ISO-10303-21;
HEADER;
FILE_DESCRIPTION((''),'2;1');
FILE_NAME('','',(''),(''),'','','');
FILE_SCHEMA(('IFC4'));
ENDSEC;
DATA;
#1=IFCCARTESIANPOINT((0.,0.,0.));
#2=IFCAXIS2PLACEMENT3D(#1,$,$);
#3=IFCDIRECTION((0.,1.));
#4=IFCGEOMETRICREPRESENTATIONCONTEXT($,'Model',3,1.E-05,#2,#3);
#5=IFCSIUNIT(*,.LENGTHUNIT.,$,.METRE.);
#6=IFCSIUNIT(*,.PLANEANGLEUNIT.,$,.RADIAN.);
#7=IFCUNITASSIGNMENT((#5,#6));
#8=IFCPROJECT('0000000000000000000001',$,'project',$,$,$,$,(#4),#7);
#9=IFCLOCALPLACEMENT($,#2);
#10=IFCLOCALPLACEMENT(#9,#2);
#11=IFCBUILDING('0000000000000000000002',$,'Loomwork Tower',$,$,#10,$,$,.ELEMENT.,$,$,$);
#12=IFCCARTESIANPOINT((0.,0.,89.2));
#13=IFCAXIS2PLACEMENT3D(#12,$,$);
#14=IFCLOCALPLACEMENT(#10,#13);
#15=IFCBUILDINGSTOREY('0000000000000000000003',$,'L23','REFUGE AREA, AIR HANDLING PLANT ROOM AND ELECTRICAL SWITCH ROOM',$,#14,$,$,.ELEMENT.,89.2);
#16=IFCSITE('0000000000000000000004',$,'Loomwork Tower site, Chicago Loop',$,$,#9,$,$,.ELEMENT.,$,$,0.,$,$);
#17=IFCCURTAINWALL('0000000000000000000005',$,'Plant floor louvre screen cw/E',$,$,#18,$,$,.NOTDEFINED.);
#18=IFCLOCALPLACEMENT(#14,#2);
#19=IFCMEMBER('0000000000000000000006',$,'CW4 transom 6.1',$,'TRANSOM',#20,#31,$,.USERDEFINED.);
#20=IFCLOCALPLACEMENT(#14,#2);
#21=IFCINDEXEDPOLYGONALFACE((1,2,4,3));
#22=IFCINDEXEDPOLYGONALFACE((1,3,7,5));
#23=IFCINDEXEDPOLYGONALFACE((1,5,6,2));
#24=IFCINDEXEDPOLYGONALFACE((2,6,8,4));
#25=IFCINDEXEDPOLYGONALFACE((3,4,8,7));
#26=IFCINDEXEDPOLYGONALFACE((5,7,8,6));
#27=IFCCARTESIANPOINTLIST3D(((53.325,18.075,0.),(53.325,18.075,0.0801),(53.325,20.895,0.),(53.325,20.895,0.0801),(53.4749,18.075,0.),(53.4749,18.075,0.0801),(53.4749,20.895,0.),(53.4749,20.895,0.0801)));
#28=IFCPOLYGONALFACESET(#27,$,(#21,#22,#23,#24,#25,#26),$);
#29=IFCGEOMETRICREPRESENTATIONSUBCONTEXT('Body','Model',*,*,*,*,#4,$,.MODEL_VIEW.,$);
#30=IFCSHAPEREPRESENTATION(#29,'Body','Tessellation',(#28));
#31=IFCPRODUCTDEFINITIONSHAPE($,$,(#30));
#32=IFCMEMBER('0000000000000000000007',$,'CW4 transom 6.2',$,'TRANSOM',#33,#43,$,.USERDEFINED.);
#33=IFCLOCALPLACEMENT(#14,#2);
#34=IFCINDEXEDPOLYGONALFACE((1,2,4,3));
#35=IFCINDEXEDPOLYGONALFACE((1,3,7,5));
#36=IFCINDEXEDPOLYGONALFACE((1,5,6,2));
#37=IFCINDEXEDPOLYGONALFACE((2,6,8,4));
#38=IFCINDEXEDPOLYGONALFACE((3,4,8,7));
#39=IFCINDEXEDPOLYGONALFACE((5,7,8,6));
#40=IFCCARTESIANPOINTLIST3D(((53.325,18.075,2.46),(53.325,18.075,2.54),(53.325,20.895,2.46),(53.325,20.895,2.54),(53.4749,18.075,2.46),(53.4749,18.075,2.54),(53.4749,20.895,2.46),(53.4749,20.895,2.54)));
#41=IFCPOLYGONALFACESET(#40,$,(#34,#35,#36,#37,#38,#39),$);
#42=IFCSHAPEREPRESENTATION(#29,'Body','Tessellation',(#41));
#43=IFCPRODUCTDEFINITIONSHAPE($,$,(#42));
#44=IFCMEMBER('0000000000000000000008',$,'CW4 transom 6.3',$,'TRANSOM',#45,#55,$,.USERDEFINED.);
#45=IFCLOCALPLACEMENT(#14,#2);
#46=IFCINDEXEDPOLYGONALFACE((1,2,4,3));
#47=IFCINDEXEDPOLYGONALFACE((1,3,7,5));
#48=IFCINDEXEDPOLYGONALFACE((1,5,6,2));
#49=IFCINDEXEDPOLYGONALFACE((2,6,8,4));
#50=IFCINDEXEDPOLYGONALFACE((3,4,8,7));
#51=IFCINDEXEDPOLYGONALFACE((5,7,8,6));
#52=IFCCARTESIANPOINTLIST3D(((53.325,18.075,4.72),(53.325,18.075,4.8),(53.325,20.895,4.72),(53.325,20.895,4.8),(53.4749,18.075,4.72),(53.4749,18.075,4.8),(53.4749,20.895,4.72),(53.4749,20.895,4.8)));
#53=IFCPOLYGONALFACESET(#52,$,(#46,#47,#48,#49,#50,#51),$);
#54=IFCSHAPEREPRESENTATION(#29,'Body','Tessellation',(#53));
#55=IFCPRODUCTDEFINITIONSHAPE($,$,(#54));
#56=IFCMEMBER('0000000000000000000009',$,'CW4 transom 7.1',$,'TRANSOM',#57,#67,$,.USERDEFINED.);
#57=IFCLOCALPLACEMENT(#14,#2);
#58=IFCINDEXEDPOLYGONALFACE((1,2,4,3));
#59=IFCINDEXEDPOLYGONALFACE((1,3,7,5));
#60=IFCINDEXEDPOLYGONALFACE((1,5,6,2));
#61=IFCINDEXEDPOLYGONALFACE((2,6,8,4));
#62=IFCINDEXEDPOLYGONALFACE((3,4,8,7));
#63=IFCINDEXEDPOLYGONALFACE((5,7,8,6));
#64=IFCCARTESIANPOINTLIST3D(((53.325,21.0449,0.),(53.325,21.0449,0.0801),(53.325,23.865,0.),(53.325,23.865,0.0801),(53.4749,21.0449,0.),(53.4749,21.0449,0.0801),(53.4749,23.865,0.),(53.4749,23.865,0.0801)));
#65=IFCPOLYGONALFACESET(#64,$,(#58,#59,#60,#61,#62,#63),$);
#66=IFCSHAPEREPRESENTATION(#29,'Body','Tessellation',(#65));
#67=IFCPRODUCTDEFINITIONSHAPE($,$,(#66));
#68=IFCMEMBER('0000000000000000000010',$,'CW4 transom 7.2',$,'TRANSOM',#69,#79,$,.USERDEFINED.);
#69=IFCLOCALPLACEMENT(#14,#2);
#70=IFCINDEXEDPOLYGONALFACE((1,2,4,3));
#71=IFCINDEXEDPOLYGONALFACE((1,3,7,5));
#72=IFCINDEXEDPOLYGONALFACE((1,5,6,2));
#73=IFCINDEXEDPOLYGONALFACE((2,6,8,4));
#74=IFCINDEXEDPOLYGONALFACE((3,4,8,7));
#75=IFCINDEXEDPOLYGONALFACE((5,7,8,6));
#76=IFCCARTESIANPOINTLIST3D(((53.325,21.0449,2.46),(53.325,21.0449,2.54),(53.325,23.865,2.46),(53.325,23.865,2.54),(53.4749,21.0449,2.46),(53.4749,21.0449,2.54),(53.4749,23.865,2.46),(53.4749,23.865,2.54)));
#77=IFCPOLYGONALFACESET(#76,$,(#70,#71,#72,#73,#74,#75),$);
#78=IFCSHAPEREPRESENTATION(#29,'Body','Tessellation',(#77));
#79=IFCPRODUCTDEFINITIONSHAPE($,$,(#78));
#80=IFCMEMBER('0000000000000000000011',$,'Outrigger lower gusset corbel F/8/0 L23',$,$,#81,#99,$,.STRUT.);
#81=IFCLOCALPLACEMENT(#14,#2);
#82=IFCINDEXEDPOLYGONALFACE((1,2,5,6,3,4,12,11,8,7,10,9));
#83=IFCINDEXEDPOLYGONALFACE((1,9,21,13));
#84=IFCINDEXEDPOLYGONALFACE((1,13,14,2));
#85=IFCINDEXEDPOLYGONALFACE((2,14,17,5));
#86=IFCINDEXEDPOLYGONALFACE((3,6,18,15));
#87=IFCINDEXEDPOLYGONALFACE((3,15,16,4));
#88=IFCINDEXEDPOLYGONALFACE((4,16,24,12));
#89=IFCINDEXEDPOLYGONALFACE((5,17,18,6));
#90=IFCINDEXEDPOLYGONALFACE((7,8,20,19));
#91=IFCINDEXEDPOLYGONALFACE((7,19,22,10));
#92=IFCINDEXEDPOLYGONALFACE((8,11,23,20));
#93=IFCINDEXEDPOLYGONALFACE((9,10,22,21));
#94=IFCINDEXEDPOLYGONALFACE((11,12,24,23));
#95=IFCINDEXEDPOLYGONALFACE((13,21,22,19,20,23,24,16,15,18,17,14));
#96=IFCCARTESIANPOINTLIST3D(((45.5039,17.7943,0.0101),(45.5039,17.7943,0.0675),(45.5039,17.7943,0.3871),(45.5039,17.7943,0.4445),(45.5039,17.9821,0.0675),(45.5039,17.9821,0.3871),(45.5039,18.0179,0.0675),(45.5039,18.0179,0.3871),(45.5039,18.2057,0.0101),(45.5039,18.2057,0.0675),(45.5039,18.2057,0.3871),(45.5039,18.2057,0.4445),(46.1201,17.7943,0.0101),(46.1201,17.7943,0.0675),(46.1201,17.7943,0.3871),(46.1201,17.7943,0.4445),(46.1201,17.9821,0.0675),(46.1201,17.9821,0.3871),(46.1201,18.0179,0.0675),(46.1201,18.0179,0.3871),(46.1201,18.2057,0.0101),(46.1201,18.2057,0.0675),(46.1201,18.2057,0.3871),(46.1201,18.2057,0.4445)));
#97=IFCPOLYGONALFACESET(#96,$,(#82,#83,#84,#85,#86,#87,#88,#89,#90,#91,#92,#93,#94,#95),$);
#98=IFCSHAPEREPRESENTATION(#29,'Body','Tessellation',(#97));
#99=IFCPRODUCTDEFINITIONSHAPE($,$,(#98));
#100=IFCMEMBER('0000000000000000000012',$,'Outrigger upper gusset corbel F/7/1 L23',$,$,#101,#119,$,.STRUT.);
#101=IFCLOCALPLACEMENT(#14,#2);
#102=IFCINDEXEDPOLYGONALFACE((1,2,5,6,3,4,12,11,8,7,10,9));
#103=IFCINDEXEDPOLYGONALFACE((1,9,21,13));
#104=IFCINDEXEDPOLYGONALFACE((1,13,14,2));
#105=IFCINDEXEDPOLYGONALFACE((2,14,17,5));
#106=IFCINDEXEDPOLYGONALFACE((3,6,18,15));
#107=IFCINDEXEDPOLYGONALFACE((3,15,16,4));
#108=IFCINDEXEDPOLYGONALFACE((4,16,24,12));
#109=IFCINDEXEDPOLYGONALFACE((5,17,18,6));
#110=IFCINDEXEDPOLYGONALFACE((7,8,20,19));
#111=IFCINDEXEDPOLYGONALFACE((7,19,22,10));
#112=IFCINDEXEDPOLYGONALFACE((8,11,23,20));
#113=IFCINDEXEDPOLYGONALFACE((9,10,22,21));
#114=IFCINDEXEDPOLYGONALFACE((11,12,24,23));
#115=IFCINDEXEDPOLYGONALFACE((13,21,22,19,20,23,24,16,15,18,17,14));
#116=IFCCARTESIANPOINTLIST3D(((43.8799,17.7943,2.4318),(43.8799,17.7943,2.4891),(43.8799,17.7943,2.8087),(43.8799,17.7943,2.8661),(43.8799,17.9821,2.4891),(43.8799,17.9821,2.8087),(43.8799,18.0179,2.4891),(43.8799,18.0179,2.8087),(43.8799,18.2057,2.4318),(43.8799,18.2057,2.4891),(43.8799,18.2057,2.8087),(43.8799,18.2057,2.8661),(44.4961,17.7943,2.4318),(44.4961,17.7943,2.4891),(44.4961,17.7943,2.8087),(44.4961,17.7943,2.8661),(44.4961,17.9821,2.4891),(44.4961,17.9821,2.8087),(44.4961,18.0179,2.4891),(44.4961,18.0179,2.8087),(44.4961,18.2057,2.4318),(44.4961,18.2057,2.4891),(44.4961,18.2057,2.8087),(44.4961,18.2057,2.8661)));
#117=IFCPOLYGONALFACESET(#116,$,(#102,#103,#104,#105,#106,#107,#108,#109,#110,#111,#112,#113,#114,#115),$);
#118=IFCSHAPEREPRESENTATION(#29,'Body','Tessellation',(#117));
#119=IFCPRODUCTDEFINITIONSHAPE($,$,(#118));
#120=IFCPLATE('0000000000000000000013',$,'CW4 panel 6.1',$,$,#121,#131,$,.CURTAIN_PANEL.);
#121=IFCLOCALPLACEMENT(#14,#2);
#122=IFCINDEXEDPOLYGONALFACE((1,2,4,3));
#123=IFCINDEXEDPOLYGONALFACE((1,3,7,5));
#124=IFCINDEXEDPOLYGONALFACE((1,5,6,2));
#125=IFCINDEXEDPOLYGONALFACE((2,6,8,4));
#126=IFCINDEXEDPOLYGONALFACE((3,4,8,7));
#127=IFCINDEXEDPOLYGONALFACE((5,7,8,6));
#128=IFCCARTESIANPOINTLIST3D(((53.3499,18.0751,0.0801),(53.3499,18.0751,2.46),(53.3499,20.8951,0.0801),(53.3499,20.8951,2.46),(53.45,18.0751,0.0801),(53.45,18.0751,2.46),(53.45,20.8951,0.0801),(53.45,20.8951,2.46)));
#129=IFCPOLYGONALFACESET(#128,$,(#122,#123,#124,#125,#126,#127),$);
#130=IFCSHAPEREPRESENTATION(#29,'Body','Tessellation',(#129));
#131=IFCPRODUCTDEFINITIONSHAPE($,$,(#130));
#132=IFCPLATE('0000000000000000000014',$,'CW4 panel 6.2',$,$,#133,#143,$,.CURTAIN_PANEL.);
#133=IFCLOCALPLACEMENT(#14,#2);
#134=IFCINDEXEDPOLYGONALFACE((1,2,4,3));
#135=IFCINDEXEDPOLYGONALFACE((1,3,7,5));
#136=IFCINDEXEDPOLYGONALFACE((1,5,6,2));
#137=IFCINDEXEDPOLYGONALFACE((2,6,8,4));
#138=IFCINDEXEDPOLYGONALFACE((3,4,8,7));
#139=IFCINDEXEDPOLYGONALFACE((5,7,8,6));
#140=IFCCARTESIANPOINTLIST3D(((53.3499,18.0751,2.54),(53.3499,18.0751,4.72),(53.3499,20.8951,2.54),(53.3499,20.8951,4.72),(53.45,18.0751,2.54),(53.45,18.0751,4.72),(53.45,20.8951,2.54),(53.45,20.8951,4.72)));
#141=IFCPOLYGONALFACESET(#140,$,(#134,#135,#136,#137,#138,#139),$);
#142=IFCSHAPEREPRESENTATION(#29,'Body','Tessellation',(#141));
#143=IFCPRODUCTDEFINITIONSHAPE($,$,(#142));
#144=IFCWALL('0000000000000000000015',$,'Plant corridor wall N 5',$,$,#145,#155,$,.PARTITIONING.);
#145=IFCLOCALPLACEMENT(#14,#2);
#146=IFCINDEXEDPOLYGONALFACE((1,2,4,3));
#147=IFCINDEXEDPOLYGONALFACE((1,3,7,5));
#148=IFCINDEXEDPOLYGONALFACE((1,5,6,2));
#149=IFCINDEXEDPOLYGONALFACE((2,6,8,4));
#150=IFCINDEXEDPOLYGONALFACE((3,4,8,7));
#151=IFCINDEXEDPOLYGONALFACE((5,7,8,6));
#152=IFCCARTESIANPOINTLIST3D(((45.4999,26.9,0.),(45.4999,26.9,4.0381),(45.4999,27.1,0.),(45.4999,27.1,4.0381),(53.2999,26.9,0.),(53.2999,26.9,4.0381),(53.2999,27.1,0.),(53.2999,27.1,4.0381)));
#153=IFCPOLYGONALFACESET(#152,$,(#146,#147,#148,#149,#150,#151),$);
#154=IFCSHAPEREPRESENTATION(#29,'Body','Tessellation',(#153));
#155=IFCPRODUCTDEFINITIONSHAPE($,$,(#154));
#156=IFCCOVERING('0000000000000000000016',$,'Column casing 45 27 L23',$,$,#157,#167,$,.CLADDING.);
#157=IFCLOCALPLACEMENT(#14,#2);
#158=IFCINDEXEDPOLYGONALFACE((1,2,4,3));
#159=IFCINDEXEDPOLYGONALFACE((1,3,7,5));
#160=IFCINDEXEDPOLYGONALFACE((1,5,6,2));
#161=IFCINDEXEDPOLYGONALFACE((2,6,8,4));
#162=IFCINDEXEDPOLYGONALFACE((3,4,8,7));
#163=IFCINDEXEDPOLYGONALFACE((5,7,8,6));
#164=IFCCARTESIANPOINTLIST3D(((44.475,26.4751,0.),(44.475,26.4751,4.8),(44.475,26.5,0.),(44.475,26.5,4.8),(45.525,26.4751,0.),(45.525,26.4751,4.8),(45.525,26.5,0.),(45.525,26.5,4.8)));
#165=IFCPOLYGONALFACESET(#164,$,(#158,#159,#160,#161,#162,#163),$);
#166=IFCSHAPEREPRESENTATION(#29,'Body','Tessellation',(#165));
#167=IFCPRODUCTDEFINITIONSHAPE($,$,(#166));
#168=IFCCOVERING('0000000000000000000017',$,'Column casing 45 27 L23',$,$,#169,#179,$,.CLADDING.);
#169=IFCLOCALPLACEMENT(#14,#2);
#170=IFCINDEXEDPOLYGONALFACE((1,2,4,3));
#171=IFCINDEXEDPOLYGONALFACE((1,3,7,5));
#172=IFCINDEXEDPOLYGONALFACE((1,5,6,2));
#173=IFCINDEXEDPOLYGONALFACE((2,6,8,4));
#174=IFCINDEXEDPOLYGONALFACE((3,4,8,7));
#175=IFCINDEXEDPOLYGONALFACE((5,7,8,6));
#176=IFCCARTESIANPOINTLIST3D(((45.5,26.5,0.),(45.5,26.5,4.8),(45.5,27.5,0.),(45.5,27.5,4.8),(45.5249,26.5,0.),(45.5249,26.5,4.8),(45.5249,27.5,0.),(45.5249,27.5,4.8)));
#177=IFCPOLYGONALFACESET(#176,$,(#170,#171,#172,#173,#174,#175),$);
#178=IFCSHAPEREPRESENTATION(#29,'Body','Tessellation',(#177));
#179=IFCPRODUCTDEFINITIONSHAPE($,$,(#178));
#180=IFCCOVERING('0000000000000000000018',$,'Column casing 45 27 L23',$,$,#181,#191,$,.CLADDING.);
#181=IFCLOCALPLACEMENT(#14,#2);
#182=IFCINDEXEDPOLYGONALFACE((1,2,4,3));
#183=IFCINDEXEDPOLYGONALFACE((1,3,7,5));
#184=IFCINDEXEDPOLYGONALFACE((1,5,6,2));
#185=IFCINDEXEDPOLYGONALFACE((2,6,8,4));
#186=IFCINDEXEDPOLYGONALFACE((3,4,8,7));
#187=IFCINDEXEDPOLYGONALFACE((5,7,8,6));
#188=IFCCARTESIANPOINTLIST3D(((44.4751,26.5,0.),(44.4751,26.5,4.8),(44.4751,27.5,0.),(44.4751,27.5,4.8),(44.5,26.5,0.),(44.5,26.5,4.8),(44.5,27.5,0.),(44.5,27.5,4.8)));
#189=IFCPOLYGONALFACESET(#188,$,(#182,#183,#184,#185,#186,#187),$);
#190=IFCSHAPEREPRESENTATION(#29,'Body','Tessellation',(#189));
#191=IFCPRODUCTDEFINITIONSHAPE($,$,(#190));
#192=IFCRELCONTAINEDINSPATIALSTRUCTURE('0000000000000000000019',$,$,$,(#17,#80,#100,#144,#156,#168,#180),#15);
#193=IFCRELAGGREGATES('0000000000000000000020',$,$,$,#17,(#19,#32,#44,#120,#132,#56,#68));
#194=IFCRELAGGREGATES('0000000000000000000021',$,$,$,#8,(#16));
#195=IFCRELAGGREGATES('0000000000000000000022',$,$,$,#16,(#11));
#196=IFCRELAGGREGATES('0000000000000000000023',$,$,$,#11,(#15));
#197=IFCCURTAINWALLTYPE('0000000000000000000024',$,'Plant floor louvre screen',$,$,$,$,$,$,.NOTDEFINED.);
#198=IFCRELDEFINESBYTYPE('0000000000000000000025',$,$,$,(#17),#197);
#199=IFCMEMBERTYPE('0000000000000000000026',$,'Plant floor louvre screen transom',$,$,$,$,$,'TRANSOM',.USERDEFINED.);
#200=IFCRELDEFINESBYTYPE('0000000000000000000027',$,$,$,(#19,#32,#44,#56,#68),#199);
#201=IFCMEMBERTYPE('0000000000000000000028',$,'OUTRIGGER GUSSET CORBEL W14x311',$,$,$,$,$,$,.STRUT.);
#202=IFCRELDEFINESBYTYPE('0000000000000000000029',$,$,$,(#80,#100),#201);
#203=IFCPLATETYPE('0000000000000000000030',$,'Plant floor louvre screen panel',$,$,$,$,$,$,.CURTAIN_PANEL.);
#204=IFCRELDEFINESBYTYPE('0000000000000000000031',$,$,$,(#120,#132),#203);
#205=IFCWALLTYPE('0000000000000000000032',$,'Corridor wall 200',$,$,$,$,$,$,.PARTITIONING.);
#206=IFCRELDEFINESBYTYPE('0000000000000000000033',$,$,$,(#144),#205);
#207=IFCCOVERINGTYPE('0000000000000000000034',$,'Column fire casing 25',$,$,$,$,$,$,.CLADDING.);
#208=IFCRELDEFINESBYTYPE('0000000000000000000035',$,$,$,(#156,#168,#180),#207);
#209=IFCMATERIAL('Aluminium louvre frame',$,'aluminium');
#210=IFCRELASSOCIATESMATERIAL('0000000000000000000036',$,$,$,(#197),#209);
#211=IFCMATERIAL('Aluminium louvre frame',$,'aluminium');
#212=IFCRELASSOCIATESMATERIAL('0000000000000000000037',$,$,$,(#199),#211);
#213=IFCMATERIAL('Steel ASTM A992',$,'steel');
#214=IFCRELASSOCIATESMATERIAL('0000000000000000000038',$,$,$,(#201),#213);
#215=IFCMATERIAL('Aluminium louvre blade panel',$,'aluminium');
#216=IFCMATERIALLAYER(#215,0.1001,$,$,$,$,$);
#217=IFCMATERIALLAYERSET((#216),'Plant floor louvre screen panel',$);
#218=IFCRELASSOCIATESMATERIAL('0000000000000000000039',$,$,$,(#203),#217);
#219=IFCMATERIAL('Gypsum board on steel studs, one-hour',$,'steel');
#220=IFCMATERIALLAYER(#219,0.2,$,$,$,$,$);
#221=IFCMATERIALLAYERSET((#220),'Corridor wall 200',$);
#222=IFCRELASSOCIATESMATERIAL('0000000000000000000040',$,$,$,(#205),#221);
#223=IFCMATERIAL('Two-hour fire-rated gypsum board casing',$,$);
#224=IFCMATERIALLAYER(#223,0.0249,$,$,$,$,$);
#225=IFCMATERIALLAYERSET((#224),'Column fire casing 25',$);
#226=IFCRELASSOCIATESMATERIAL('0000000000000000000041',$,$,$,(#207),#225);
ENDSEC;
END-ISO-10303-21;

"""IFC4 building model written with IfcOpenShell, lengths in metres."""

from ifc_helpers import new_model, si_unit, direction, frame, frame_2d, origin, origin_2d, place, context, subcontext, project, spatial, rectangle, i_section, extrude, material, layer, layer_set, material_profile, profile_set, type_object, element, aggregate, save


model = new_model("IFC4")

# Units and contexts
model_context = context("Model", 3, precision=1e-05, world=origin(), true_north=direction((0.0, 1.0)))
body_context = subcontext(model_context, "Body", "Model", "MODEL_VIEW")
ifc_project = project(units=[si_unit("LENGTHUNIT", "METRE"), si_unit("PLANEANGLEUNIT", "RADIAN")], contexts=[model_context])

# Site, building, storey
site_placement = place(None, origin())
site = spatial("IfcSite", under=ifc_project, at=site_placement, Name="Loomwork Tower site, Chicago Loop", CompositionType="ELEMENT", RefElevation=0.0)
building_placement = place(site_placement, origin())
building = spatial("IfcBuilding", under=site, at=building_placement, Name="Loomwork Tower", CompositionType="ELEMENT")
storey_placement = place(building_placement, frame((0.0, 0.0, 89.2)))
storey = spatial("IfcBuildingStorey", under=building, at=storey_placement, Name="L23", Description="REFUGE AREA, AIR HANDLING PLANT ROOM AND ELECTRICAL SWITCH ROOM", CompositionType="ELEMENT", Elevation=89.2)

# Curtain wall, members
ifc_material_1 = material(Name="Aluminium louvre frame", Category="aluminium")
curtain_wall_type = type_object("IfcCurtainWallType", Name="Plant floor louvre screen", PredefinedType="NOTDEFINED", material=ifc_material_1)
curtain_wall_placement = place(storey_placement, origin())
curtain_wall = element("IfcCurtainWall", 1, at=curtain_wall_placement, inside=storey, type_object=curtain_wall_type, Name="Plant floor louvre screen cw/E", PredefinedType="NOTDEFINED")
ifc_material_2 = material(Name="Aluminium louvre frame", Category="aluminium")
ifc_material_profile_1 = material_profile(ifc_material_2, rectangle(XDim=0.1499, YDim=0.0801, at=origin_2d()), Name="AL 80x150")
ifc_profile_set_1 = profile_set([ifc_material_profile_1], Name="Aluminium louvre frame")
member_type_1 = type_object("IfcMemberType", Name="Plant floor louvre screen transom", ElementType="TRANSOM", PredefinedType="USERDEFINED", material=ifc_profile_set_1)
member_1_placement = place(storey_placement, frame((53.3999, 18.075, 0.04), z_axis=(0.0, 1.0, 0.0), x_axis=(-1.0, 0.0, 0.0)))
member_1 = element("IfcMember", 2, at=member_1_placement, type_object=member_type_1, Name="CW4 transom 6.1", ObjectType="TRANSOM", PredefinedType="USERDEFINED", context=body_context, shape_type="SweptSolid", body=[
    extrude(rectangle(XDim=0.1499, YDim=0.0801, at=origin_2d()), origin(), (0.0, 0.0, 1.0), 2.8201),
])
member_2_placement = place(storey_placement, frame((53.3999, 18.075, 2.5), z_axis=(0.0, 1.0, 0.0), x_axis=(-1.0, 0.0, 0.0)))
member_2 = element("IfcMember", 3, at=member_2_placement, type_object=member_type_1, Name="CW4 transom 6.2", ObjectType="TRANSOM", PredefinedType="USERDEFINED", context=body_context, shape_type="SweptSolid", body=[
    extrude(rectangle(XDim=0.1499, YDim=0.0801, at=origin_2d()), origin(), (0.0, 0.0, 1.0), 2.8201),
])
member_3_placement = place(storey_placement, frame((53.3999, 18.075, 4.76), z_axis=(0.0, 1.0, 0.0), x_axis=(-1.0, 0.0, 0.0)))
member_3 = element("IfcMember", 4, at=member_3_placement, type_object=member_type_1, Name="CW4 transom 6.3", ObjectType="TRANSOM", PredefinedType="USERDEFINED", context=body_context, shape_type="SweptSolid", body=[
    extrude(rectangle(XDim=0.1499, YDim=0.0801, at=origin_2d()), origin(), (0.0, 0.0, 1.0), 2.8201),
])
member_4_placement = place(storey_placement, frame((53.3999, 21.0449, 0.04), z_axis=(0.0, 1.0, 0.0), x_axis=(-1.0, 0.0, 0.0)))
member_4 = element("IfcMember", 5, at=member_4_placement, type_object=member_type_1, Name="CW4 transom 7.1", ObjectType="TRANSOM", PredefinedType="USERDEFINED", context=body_context, shape_type="SweptSolid", body=[
    extrude(rectangle(XDim=0.1499, YDim=0.0801, at=origin_2d()), origin(), (0.0, 0.0, 1.0), 2.8201),
])
member_5_placement = place(storey_placement, frame((53.3999, 21.0449, 2.5), z_axis=(0.0, 1.0, 0.0), x_axis=(-1.0, 0.0, 0.0)))
member_5 = element("IfcMember", 6, at=member_5_placement, type_object=member_type_1, Name="CW4 transom 7.2", ObjectType="TRANSOM", PredefinedType="USERDEFINED", context=body_context, shape_type="SweptSolid", body=[
    extrude(rectangle(XDim=0.1499, YDim=0.0801, at=origin_2d()), origin(), (0.0, 0.0, 1.0), 2.8201),
])

# Members
ifc_material_3 = material(Name="Steel ASTM A992", Category="steel")
ifc_material_profile_2 = material_profile(ifc_material_3, i_section(OverallWidth=0.4114, OverallDepth=0.4343, WebThickness=0.0359, FlangeThickness=0.0574, at=origin_2d()), Name="W14x311")
ifc_profile_set_2 = profile_set([ifc_material_profile_2], Name="Steel ASTM A992")
member_type_2 = type_object("IfcMemberType", Name="OUTRIGGER GUSSET CORBEL W14x311", PredefinedType="STRUT", material=ifc_profile_set_2)
for number, where, z_axis, x_axis, name in (
    (7, (45.5039, 18.0, 0.2273), (1.0, 0.0, 0.0), (0.0, 1.0, 0.0), "Outrigger lower gusset corbel F/8/0 L23"),
    (8, (44.4961, 18.0, 2.6489), (-1.0, 0.0, 0.0), (0.0, -1.0, 0.0), "Outrigger upper gusset corbel F/7/1 L23"),
):
    element("IfcMember", number, at=place(storey_placement, frame(where, z_axis=z_axis, x_axis=x_axis)), inside=storey, type_object=member_type_2, Name=name, PredefinedType="STRUT", context=body_context, shape_type="SweptSolid", body=[
        extrude(i_section(OverallWidth=0.4114, OverallDepth=0.4343, WebThickness=0.0359, FlangeThickness=0.0574, at=origin_2d()), origin(), (0.0, 0.0, 1.0), 0.6162),
    ])

# Plates
ifc_material_4 = material(Name="Aluminium louvre blade panel", Category="aluminium")
ifc_layer_1 = layer(ifc_material_4, 0.1001)
ifc_layer_set_1 = layer_set([ifc_layer_1], Name="Plant floor louvre screen panel")
plate_type = type_object("IfcPlateType", Name="Plant floor louvre screen panel", PredefinedType="CURTAIN_PANEL", material=ifc_layer_set_1)
plate_1_placement = place(storey_placement, frame((53.3999, 19.4851, 0.0801), z_axis=(0.0, 0.0, 1.0), x_axis=(0.0, 1.0, 0.0)))
plate_1 = element("IfcPlate", 9, at=plate_1_placement, type_object=plate_type, Name="CW4 panel 6.1", PredefinedType="CURTAIN_PANEL", context=body_context, shape_type="SweptSolid", body=[
    extrude(rectangle(XDim=2.8201, YDim=0.1001, at=origin_2d()), origin(), (0.0, 0.0, 1.0), 2.3799),
])
plate_2_placement = place(storey_placement, frame((53.3999, 19.4851, 2.54), z_axis=(0.0, 0.0, 1.0), x_axis=(0.0, 1.0, 0.0)))
plate_2 = element("IfcPlate", 10, at=plate_2_placement, type_object=plate_type, Name="CW4 panel 6.2", PredefinedType="CURTAIN_PANEL", context=body_context, shape_type="SweptSolid", body=[
    extrude(rectangle(XDim=2.8201, YDim=0.1001, at=origin_2d()), origin(), (0.0, 0.0, 1.0), 2.1799),
])
aggregate(curtain_wall, [member_1, member_2, member_3, plate_1, plate_2, member_4, member_5])

# Wall
ifc_material_5 = material(Name="Gypsum board on steel studs, one-hour", Category="steel")
ifc_layer_2 = layer(ifc_material_5, 0.2)
ifc_layer_set_2 = layer_set([ifc_layer_2], Name="Corridor wall 200")
wall_type = type_object("IfcWallType", Name="Corridor wall 200", PredefinedType="PARTITIONING", material=ifc_layer_set_2)
wall_placement = place(storey_placement, frame((45.5, 27.0, 0.0), z_axis=(0.0, 0.0, 1.0), x_axis=(1.0, 0.0, 0.0)))
element("IfcWall", 11, at=wall_placement, inside=storey, type_object=wall_type, Name="Plant corridor wall N 5", PredefinedType="PARTITIONING", context=body_context, shape_type="SweptSolid", body=[
    extrude(rectangle(XDim=7.8, YDim=0.2, at=frame_2d((3.8999, 0.0))), origin(), (0.0, 0.0, 1.0), 4.0381),
])

# Coverings
ifc_material_6 = material(Name="Two-hour fire-rated gypsum board casing")
ifc_layer_3 = layer(ifc_material_6, 0.0249)
ifc_layer_set_3 = layer_set([ifc_layer_3], Name="Column fire casing 25")
covering_type = type_object("IfcCoveringType", Name="Column fire casing 25", PredefinedType="CLADDING", material=ifc_layer_set_3)
covering_placement = place(storey_placement, frame((45.0, 26.4875, 0.0), z_axis=(0.0, 0.0, 1.0), x_axis=(1.0, 0.0, 0.0)))
element("IfcCovering", 12, at=covering_placement, inside=storey, type_object=covering_type, Name="Column casing 45 27 L23", PredefinedType="CLADDING", context=body_context, shape_type="SweptSolid", body=[
    extrude(rectangle(XDim=1.05, YDim=0.0249, at=origin_2d()), origin(), (0.0, 0.0, 1.0), 4.8),
])
for number, where, z_axis, x_axis, name in (
    (13, (45.5125, 27.0, 0.0), (0.0, 0.0, 1.0), (1.0, 0.0, 0.0), "Column casing 45 27 L23"),
    (14, (44.4875, 27.0, 0.0), (0.0, 0.0, 1.0), (1.0, 0.0, 0.0), "Column casing 45 27 L23"),
):
    element("IfcCovering", number, at=place(storey_placement, frame(where, z_axis=z_axis, x_axis=x_axis)), inside=storey, type_object=covering_type, Name=name, PredefinedType="CLADDING", context=body_context, shape_type="SweptSolid", body=[
        extrude(rectangle(XDim=0.0249, YDim=1.0, at=origin_2d()), origin(), (0.0, 0.0, 1.0), 4.8),
    ])

save(model, "model.ifc")
